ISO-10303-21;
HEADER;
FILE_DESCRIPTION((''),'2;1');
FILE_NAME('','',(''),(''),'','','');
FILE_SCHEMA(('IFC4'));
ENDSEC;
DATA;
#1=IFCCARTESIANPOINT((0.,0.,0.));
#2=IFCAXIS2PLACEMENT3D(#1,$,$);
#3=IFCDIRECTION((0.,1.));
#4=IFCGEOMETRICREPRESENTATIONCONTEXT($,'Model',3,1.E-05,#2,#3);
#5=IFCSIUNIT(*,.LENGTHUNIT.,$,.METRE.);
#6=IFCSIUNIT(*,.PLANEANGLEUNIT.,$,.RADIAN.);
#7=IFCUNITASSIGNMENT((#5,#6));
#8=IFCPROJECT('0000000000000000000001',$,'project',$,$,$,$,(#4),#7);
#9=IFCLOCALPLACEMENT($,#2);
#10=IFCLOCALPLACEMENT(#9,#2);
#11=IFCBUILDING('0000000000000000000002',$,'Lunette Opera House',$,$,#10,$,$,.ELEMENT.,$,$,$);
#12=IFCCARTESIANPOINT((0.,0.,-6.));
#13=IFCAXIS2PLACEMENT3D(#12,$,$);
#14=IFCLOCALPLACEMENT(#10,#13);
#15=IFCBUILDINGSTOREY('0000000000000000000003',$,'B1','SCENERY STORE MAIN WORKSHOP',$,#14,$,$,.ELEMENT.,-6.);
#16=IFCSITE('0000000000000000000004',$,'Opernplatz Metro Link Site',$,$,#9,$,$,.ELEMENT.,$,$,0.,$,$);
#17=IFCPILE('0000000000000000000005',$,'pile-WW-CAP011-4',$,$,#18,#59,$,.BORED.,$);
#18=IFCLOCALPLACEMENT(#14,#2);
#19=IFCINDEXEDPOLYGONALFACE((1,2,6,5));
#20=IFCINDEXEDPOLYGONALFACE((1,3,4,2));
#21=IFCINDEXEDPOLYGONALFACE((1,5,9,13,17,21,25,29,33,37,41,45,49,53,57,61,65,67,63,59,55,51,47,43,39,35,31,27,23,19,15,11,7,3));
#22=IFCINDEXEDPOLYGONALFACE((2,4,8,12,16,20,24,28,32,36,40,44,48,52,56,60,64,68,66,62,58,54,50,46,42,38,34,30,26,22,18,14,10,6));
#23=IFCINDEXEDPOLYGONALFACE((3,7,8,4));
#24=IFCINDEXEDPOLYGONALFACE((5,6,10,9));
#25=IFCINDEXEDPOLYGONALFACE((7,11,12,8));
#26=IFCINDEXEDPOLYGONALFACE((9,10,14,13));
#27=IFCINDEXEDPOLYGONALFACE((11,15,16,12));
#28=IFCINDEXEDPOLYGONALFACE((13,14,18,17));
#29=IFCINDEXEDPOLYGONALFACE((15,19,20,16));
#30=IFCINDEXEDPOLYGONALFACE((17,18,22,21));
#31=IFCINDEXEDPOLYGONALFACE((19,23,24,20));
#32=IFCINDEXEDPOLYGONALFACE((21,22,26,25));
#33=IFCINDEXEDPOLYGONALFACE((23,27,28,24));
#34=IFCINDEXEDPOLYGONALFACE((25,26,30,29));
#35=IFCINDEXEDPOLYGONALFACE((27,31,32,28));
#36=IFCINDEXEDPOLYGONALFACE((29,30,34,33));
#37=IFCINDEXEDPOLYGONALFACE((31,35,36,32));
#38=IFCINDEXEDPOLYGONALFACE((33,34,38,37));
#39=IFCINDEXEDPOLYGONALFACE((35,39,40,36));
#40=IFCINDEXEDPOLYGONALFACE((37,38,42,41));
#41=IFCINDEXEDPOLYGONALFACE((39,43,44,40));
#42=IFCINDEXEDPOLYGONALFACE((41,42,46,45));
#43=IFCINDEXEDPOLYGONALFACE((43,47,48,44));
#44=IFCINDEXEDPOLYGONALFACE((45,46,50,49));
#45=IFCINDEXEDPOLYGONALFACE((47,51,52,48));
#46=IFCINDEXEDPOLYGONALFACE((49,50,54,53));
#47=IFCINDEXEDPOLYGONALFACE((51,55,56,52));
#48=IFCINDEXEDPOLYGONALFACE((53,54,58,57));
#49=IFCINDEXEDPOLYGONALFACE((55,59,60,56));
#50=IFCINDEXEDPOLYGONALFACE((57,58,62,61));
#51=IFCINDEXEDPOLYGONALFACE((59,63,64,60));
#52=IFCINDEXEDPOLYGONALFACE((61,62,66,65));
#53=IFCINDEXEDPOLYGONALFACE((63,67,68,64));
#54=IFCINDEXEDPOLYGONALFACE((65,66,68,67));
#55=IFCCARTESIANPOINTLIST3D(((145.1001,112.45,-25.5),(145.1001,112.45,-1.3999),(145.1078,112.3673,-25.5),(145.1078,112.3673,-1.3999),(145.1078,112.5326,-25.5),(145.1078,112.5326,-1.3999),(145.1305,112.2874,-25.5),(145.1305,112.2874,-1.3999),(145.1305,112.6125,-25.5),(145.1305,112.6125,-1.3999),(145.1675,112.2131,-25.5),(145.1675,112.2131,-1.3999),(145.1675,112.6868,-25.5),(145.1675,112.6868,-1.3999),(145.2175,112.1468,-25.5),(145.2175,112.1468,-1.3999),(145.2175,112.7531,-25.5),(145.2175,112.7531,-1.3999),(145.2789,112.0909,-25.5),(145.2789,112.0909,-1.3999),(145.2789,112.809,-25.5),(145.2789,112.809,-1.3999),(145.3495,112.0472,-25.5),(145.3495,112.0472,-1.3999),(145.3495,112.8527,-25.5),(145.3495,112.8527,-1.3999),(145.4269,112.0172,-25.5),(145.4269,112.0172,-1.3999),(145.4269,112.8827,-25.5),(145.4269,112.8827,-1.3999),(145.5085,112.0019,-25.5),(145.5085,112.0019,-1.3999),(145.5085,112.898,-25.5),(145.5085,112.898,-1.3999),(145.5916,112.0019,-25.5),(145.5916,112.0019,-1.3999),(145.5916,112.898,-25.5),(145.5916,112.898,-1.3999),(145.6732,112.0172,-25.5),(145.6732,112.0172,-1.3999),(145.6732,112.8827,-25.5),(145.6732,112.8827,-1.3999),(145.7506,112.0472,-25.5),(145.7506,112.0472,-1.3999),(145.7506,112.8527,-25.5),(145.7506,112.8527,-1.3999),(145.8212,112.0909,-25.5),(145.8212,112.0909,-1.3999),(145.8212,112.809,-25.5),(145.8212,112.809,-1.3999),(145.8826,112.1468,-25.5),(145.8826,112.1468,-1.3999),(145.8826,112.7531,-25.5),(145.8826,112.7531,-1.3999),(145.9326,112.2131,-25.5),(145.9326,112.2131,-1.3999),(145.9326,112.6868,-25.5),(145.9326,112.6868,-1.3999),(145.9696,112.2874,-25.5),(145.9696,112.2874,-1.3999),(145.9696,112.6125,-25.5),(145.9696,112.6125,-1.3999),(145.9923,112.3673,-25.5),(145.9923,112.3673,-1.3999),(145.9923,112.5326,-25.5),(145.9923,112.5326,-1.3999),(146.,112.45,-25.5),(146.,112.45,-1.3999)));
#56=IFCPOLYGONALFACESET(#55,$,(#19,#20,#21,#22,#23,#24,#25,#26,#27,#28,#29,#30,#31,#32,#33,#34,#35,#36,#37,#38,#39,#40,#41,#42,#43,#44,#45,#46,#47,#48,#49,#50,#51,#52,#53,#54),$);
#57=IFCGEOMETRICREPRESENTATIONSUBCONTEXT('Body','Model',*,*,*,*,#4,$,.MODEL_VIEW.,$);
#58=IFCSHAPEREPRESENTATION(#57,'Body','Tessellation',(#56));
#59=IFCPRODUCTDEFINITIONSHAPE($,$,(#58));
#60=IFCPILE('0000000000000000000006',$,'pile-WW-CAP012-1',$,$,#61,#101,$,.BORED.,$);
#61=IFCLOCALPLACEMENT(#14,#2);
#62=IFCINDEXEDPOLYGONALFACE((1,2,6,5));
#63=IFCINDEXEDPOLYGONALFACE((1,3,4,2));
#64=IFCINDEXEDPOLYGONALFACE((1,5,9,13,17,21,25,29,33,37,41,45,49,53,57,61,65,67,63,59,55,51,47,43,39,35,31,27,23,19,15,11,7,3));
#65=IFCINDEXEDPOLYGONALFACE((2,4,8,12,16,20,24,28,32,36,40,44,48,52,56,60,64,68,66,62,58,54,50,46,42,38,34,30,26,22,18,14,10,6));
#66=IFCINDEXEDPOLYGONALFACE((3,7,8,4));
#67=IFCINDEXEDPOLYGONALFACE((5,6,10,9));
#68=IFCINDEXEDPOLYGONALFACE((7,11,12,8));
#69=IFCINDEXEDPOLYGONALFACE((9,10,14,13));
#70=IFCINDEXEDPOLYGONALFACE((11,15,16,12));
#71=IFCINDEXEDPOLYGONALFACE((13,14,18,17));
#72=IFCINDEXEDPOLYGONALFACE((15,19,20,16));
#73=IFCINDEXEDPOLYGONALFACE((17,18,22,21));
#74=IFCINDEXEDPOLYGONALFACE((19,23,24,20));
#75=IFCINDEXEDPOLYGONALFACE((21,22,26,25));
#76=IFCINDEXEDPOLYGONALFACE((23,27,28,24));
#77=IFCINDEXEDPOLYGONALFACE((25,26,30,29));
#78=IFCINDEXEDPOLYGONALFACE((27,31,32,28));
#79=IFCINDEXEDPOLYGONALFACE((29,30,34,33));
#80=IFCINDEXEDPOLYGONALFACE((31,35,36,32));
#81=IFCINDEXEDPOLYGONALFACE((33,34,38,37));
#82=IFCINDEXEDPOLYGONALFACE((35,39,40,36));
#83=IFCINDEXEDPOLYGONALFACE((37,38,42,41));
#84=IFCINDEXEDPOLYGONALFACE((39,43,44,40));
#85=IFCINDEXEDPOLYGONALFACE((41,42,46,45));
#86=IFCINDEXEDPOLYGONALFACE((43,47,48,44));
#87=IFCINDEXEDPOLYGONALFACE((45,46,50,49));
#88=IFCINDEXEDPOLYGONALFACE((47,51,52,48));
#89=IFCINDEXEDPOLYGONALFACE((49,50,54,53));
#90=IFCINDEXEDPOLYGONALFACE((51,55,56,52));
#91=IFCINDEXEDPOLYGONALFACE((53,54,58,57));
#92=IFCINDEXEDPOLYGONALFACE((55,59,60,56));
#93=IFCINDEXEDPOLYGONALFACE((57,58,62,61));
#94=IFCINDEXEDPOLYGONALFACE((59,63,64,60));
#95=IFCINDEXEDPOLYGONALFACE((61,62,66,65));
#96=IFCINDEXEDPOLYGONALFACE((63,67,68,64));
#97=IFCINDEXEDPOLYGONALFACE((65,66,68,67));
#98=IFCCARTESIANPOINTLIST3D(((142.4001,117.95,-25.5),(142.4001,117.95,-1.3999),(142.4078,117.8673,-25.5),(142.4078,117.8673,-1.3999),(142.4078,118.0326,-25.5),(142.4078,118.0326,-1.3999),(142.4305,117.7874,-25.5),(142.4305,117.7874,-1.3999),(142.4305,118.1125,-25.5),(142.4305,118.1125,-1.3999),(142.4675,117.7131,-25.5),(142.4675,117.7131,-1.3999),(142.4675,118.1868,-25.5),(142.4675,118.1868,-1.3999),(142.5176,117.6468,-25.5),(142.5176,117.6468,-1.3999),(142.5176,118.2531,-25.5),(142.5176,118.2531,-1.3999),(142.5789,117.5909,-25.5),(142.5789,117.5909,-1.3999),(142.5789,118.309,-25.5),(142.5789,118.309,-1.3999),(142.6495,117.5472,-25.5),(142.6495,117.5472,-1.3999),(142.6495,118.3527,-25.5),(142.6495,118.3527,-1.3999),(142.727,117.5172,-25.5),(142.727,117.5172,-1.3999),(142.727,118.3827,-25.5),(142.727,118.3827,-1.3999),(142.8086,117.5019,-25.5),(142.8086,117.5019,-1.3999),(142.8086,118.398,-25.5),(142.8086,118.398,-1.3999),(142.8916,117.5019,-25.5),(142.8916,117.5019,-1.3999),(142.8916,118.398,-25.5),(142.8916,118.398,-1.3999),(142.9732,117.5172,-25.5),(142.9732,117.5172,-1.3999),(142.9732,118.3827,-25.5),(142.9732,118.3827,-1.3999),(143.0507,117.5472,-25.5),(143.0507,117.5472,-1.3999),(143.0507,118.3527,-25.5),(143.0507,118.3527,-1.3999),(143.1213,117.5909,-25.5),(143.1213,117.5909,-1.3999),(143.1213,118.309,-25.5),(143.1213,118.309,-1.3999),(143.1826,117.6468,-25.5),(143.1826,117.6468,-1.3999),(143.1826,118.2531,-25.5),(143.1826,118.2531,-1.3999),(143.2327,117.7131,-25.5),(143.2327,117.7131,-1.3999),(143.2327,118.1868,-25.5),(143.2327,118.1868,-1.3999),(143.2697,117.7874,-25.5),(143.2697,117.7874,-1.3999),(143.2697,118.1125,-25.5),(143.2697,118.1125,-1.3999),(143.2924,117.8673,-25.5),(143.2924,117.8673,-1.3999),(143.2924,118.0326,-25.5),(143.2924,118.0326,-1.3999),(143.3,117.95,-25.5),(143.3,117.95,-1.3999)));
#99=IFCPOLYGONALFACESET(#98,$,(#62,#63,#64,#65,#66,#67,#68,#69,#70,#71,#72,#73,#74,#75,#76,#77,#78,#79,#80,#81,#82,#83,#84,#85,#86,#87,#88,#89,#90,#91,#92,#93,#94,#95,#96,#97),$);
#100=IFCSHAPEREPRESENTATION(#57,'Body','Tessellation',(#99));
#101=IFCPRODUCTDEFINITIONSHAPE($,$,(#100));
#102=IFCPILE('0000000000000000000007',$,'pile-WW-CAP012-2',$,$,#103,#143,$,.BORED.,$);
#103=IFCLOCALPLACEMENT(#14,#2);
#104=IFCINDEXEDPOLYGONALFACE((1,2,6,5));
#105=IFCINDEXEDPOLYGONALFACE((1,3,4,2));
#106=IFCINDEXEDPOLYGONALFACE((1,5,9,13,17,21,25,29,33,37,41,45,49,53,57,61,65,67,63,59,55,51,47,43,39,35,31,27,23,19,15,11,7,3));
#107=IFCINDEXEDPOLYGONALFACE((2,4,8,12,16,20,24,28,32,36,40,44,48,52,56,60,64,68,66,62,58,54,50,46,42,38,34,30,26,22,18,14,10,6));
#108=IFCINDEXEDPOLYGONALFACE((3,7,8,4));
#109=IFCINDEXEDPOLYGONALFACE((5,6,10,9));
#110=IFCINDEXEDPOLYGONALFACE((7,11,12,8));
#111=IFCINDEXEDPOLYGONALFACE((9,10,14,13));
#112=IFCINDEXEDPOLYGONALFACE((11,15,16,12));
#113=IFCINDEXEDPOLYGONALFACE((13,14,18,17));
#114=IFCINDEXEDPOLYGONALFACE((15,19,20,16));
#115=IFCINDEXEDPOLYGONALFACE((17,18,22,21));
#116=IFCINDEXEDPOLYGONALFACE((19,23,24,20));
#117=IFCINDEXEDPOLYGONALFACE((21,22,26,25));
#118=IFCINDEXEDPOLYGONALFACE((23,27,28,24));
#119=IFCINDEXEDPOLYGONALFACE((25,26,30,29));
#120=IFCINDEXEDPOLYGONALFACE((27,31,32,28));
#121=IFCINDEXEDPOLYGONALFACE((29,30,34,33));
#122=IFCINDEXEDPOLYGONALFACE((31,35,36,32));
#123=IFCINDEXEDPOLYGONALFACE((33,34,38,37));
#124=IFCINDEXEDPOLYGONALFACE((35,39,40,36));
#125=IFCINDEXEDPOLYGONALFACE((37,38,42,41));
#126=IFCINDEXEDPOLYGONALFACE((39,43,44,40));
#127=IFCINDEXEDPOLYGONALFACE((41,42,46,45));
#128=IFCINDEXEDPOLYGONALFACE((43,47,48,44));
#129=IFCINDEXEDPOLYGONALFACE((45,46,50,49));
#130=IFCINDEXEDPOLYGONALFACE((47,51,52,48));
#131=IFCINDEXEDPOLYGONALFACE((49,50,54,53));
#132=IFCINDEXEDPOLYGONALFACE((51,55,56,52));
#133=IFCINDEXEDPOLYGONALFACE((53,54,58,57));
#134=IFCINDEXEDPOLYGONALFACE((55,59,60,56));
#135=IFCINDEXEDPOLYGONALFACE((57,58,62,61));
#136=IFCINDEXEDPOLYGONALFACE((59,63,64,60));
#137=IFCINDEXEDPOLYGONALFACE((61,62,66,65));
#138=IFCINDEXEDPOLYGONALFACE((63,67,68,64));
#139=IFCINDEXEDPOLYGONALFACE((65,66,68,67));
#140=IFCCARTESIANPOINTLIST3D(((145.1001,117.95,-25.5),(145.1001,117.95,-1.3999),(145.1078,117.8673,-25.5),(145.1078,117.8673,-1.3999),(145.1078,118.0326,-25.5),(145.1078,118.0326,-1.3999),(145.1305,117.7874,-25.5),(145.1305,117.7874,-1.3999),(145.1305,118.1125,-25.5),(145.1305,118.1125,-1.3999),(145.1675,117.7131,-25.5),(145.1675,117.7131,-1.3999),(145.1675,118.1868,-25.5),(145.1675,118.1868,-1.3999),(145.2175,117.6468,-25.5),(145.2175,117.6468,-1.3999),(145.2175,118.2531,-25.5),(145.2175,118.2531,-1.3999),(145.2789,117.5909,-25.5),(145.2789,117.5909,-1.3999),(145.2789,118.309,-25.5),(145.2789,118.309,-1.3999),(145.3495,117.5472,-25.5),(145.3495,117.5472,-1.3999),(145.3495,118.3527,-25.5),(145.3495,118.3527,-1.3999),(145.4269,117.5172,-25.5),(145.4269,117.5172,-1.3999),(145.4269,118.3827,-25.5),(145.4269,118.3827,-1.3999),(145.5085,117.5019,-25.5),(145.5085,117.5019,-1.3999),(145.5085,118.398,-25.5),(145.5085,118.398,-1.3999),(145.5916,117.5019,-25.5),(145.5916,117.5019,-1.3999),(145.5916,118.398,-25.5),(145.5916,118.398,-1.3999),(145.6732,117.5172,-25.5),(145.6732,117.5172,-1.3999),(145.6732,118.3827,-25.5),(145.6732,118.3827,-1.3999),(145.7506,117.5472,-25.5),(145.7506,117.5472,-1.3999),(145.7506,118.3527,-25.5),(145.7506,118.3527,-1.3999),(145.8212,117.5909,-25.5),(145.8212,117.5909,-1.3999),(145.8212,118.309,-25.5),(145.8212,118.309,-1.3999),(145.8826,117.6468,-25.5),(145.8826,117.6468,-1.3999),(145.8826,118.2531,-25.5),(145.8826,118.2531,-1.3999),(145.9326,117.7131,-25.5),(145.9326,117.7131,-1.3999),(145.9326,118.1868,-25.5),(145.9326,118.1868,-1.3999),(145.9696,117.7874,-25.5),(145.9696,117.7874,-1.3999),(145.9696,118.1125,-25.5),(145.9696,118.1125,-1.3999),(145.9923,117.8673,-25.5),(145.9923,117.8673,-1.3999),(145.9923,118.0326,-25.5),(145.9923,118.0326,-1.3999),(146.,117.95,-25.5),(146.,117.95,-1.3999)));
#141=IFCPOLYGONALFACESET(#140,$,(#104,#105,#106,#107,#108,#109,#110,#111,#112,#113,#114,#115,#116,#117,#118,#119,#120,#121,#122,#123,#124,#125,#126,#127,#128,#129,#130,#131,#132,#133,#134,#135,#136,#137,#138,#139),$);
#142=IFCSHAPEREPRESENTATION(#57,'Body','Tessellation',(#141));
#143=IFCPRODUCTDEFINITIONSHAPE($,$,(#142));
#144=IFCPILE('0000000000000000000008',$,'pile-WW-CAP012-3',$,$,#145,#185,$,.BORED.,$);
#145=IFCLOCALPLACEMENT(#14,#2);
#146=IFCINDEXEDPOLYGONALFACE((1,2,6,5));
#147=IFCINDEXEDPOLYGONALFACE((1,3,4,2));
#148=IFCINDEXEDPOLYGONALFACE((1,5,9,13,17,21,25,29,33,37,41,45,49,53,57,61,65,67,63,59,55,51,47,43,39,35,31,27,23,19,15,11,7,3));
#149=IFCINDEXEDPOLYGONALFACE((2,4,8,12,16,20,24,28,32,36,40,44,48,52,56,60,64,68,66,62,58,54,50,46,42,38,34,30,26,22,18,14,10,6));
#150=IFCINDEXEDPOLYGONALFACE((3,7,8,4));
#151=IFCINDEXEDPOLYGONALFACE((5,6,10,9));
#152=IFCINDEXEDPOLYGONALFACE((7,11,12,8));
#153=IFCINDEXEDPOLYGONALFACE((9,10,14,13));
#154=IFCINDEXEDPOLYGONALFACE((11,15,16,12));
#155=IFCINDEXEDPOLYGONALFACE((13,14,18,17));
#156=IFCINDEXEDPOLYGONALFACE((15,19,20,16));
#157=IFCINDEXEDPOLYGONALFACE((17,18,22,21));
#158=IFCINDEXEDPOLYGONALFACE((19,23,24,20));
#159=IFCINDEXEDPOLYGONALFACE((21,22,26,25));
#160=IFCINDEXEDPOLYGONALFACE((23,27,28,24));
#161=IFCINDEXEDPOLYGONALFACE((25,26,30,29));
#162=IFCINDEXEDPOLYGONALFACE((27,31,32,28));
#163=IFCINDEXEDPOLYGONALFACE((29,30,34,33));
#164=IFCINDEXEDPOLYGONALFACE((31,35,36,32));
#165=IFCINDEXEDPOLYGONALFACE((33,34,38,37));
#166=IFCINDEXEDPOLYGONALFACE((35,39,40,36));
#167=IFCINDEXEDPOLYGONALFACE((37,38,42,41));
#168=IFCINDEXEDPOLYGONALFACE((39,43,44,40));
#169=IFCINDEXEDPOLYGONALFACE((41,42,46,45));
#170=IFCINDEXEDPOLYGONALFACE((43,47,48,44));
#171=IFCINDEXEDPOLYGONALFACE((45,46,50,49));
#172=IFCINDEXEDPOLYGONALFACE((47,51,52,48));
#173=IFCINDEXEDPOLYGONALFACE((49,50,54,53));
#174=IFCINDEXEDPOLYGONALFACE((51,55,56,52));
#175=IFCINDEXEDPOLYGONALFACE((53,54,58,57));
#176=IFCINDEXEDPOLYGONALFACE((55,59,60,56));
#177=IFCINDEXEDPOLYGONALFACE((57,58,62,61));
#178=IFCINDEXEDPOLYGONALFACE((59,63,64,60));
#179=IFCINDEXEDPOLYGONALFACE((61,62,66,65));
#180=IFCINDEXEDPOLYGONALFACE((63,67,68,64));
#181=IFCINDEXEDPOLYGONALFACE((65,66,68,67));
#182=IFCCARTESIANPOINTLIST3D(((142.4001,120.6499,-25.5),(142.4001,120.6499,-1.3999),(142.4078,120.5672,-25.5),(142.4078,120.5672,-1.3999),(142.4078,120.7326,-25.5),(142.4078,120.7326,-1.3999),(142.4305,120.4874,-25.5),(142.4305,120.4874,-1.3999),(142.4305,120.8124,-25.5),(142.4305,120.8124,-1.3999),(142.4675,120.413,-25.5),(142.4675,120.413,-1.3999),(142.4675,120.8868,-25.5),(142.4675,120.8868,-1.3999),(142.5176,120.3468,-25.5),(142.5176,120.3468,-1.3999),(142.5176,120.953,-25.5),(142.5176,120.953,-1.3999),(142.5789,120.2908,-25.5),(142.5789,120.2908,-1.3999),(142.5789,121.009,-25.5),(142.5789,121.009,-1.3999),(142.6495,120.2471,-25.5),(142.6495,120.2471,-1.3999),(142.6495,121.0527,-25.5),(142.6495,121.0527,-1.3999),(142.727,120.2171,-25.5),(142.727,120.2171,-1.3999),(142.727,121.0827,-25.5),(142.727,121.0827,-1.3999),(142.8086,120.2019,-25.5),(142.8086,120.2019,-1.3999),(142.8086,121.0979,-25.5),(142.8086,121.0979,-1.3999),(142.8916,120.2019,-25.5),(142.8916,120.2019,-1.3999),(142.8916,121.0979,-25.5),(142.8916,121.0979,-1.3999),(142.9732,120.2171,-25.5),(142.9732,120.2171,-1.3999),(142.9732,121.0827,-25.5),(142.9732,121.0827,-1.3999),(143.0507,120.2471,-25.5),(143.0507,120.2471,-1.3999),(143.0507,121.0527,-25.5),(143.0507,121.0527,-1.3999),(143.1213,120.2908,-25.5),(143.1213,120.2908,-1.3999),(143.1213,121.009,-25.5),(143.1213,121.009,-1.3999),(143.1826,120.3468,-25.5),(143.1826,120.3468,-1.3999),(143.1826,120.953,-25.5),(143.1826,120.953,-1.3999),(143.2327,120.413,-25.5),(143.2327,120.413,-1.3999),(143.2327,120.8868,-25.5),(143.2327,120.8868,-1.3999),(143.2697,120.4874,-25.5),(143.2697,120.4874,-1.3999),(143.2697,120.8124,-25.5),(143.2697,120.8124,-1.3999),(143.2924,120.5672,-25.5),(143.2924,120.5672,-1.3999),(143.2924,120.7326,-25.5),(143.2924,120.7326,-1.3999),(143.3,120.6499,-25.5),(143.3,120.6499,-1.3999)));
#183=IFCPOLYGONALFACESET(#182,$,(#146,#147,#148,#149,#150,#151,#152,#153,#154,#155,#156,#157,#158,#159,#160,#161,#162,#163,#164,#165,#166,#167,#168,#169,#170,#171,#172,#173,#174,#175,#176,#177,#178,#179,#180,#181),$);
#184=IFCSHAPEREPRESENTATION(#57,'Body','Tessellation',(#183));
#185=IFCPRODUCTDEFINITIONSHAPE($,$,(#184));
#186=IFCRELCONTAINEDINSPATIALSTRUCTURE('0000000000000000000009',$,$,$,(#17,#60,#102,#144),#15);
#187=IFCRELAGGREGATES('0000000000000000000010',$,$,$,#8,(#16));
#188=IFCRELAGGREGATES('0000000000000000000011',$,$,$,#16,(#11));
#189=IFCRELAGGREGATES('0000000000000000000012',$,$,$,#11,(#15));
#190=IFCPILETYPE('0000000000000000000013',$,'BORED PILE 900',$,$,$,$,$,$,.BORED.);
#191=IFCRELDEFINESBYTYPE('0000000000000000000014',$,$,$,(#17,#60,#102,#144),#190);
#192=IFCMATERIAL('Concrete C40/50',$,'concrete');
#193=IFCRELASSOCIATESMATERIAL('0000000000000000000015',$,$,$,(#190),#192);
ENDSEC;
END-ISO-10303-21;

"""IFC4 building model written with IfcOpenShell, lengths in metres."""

from ifc_helpers import new_model, si_unit, direction, frame, origin, origin_2d, place, context, subcontext, project, spatial, circle, extrude, material, material_profile, profile_set, type_object, element, save


model = new_model("IFC4")

# Units and contexts
model_context = context("Model", 3, precision=1e-05, world=origin(), true_north=direction((0.0, 1.0)))
body_context = subcontext(model_context, "Body", "Model", "MODEL_VIEW")
ifc_project = project(units=[si_unit("LENGTHUNIT", "METRE"), si_unit("PLANEANGLEUNIT", "RADIAN")], contexts=[model_context])

# Site, building, storey
site_placement = place(None, origin())
site = spatial("IfcSite", under=ifc_project, at=site_placement, Name="Opernplatz Metro Link Site", CompositionType="ELEMENT", RefElevation=0.0)
building_placement = place(site_placement, origin())
building = spatial("IfcBuilding", under=site, at=building_placement, Name="Lunette Opera House", CompositionType="ELEMENT")
storey_placement = place(building_placement, frame((0.0, 0.0, -6.0)))
storey = spatial("IfcBuildingStorey", under=building, at=storey_placement, Name="B1", Description="SCENERY STORE MAIN WORKSHOP", CompositionType="ELEMENT", Elevation=-6.0)

# Piles
ifc_material_1 = material(Name="Concrete C40/50", Category="concrete")
ifc_material_profile_1 = material_profile(ifc_material_1, circle(Radius=0.45, at=origin_2d()), Name="BORED PILE 900")
ifc_profile_set_1 = profile_set([ifc_material_profile_1], Name="Concrete C40/50")
pile_type = type_object("IfcPileType", Name="BORED PILE 900", PredefinedType="BORED", material=ifc_profile_set_1)
for number, where, z_axis, x_axis, name in (
    (1, (145.55, 112.45, -1.3999), (0.0, 0.0, -1.0), (1.0, 0.0, 0.0), "pile-WW-CAP011-4"),
    (2, (142.8501, 117.95, -1.3999), (0.0, 0.0, -1.0), (1.0, 0.0, 0.0), "pile-WW-CAP012-1"),
    (3, (145.55, 117.95, -1.3999), (0.0, 0.0, -1.0), (1.0, 0.0, 0.0), "pile-WW-CAP012-2"),
    (4, (142.8501, 120.6499, -1.3999), (0.0, 0.0, -1.0), (1.0, 0.0, 0.0), "pile-WW-CAP012-3"),
):
    element("IfcPile", number, at=place(storey_placement, frame(where, z_axis=z_axis, x_axis=x_axis)), inside=storey, type_object=pile_type, Name=name, PredefinedType="BORED", context=body_context, shape_type="SweptSolid", body=[
        extrude(circle(Radius=0.45, at=origin_2d()), origin(), (0.0, 0.0, 1.0), 24.1001),
    ])

save(model, "model.ifc")
